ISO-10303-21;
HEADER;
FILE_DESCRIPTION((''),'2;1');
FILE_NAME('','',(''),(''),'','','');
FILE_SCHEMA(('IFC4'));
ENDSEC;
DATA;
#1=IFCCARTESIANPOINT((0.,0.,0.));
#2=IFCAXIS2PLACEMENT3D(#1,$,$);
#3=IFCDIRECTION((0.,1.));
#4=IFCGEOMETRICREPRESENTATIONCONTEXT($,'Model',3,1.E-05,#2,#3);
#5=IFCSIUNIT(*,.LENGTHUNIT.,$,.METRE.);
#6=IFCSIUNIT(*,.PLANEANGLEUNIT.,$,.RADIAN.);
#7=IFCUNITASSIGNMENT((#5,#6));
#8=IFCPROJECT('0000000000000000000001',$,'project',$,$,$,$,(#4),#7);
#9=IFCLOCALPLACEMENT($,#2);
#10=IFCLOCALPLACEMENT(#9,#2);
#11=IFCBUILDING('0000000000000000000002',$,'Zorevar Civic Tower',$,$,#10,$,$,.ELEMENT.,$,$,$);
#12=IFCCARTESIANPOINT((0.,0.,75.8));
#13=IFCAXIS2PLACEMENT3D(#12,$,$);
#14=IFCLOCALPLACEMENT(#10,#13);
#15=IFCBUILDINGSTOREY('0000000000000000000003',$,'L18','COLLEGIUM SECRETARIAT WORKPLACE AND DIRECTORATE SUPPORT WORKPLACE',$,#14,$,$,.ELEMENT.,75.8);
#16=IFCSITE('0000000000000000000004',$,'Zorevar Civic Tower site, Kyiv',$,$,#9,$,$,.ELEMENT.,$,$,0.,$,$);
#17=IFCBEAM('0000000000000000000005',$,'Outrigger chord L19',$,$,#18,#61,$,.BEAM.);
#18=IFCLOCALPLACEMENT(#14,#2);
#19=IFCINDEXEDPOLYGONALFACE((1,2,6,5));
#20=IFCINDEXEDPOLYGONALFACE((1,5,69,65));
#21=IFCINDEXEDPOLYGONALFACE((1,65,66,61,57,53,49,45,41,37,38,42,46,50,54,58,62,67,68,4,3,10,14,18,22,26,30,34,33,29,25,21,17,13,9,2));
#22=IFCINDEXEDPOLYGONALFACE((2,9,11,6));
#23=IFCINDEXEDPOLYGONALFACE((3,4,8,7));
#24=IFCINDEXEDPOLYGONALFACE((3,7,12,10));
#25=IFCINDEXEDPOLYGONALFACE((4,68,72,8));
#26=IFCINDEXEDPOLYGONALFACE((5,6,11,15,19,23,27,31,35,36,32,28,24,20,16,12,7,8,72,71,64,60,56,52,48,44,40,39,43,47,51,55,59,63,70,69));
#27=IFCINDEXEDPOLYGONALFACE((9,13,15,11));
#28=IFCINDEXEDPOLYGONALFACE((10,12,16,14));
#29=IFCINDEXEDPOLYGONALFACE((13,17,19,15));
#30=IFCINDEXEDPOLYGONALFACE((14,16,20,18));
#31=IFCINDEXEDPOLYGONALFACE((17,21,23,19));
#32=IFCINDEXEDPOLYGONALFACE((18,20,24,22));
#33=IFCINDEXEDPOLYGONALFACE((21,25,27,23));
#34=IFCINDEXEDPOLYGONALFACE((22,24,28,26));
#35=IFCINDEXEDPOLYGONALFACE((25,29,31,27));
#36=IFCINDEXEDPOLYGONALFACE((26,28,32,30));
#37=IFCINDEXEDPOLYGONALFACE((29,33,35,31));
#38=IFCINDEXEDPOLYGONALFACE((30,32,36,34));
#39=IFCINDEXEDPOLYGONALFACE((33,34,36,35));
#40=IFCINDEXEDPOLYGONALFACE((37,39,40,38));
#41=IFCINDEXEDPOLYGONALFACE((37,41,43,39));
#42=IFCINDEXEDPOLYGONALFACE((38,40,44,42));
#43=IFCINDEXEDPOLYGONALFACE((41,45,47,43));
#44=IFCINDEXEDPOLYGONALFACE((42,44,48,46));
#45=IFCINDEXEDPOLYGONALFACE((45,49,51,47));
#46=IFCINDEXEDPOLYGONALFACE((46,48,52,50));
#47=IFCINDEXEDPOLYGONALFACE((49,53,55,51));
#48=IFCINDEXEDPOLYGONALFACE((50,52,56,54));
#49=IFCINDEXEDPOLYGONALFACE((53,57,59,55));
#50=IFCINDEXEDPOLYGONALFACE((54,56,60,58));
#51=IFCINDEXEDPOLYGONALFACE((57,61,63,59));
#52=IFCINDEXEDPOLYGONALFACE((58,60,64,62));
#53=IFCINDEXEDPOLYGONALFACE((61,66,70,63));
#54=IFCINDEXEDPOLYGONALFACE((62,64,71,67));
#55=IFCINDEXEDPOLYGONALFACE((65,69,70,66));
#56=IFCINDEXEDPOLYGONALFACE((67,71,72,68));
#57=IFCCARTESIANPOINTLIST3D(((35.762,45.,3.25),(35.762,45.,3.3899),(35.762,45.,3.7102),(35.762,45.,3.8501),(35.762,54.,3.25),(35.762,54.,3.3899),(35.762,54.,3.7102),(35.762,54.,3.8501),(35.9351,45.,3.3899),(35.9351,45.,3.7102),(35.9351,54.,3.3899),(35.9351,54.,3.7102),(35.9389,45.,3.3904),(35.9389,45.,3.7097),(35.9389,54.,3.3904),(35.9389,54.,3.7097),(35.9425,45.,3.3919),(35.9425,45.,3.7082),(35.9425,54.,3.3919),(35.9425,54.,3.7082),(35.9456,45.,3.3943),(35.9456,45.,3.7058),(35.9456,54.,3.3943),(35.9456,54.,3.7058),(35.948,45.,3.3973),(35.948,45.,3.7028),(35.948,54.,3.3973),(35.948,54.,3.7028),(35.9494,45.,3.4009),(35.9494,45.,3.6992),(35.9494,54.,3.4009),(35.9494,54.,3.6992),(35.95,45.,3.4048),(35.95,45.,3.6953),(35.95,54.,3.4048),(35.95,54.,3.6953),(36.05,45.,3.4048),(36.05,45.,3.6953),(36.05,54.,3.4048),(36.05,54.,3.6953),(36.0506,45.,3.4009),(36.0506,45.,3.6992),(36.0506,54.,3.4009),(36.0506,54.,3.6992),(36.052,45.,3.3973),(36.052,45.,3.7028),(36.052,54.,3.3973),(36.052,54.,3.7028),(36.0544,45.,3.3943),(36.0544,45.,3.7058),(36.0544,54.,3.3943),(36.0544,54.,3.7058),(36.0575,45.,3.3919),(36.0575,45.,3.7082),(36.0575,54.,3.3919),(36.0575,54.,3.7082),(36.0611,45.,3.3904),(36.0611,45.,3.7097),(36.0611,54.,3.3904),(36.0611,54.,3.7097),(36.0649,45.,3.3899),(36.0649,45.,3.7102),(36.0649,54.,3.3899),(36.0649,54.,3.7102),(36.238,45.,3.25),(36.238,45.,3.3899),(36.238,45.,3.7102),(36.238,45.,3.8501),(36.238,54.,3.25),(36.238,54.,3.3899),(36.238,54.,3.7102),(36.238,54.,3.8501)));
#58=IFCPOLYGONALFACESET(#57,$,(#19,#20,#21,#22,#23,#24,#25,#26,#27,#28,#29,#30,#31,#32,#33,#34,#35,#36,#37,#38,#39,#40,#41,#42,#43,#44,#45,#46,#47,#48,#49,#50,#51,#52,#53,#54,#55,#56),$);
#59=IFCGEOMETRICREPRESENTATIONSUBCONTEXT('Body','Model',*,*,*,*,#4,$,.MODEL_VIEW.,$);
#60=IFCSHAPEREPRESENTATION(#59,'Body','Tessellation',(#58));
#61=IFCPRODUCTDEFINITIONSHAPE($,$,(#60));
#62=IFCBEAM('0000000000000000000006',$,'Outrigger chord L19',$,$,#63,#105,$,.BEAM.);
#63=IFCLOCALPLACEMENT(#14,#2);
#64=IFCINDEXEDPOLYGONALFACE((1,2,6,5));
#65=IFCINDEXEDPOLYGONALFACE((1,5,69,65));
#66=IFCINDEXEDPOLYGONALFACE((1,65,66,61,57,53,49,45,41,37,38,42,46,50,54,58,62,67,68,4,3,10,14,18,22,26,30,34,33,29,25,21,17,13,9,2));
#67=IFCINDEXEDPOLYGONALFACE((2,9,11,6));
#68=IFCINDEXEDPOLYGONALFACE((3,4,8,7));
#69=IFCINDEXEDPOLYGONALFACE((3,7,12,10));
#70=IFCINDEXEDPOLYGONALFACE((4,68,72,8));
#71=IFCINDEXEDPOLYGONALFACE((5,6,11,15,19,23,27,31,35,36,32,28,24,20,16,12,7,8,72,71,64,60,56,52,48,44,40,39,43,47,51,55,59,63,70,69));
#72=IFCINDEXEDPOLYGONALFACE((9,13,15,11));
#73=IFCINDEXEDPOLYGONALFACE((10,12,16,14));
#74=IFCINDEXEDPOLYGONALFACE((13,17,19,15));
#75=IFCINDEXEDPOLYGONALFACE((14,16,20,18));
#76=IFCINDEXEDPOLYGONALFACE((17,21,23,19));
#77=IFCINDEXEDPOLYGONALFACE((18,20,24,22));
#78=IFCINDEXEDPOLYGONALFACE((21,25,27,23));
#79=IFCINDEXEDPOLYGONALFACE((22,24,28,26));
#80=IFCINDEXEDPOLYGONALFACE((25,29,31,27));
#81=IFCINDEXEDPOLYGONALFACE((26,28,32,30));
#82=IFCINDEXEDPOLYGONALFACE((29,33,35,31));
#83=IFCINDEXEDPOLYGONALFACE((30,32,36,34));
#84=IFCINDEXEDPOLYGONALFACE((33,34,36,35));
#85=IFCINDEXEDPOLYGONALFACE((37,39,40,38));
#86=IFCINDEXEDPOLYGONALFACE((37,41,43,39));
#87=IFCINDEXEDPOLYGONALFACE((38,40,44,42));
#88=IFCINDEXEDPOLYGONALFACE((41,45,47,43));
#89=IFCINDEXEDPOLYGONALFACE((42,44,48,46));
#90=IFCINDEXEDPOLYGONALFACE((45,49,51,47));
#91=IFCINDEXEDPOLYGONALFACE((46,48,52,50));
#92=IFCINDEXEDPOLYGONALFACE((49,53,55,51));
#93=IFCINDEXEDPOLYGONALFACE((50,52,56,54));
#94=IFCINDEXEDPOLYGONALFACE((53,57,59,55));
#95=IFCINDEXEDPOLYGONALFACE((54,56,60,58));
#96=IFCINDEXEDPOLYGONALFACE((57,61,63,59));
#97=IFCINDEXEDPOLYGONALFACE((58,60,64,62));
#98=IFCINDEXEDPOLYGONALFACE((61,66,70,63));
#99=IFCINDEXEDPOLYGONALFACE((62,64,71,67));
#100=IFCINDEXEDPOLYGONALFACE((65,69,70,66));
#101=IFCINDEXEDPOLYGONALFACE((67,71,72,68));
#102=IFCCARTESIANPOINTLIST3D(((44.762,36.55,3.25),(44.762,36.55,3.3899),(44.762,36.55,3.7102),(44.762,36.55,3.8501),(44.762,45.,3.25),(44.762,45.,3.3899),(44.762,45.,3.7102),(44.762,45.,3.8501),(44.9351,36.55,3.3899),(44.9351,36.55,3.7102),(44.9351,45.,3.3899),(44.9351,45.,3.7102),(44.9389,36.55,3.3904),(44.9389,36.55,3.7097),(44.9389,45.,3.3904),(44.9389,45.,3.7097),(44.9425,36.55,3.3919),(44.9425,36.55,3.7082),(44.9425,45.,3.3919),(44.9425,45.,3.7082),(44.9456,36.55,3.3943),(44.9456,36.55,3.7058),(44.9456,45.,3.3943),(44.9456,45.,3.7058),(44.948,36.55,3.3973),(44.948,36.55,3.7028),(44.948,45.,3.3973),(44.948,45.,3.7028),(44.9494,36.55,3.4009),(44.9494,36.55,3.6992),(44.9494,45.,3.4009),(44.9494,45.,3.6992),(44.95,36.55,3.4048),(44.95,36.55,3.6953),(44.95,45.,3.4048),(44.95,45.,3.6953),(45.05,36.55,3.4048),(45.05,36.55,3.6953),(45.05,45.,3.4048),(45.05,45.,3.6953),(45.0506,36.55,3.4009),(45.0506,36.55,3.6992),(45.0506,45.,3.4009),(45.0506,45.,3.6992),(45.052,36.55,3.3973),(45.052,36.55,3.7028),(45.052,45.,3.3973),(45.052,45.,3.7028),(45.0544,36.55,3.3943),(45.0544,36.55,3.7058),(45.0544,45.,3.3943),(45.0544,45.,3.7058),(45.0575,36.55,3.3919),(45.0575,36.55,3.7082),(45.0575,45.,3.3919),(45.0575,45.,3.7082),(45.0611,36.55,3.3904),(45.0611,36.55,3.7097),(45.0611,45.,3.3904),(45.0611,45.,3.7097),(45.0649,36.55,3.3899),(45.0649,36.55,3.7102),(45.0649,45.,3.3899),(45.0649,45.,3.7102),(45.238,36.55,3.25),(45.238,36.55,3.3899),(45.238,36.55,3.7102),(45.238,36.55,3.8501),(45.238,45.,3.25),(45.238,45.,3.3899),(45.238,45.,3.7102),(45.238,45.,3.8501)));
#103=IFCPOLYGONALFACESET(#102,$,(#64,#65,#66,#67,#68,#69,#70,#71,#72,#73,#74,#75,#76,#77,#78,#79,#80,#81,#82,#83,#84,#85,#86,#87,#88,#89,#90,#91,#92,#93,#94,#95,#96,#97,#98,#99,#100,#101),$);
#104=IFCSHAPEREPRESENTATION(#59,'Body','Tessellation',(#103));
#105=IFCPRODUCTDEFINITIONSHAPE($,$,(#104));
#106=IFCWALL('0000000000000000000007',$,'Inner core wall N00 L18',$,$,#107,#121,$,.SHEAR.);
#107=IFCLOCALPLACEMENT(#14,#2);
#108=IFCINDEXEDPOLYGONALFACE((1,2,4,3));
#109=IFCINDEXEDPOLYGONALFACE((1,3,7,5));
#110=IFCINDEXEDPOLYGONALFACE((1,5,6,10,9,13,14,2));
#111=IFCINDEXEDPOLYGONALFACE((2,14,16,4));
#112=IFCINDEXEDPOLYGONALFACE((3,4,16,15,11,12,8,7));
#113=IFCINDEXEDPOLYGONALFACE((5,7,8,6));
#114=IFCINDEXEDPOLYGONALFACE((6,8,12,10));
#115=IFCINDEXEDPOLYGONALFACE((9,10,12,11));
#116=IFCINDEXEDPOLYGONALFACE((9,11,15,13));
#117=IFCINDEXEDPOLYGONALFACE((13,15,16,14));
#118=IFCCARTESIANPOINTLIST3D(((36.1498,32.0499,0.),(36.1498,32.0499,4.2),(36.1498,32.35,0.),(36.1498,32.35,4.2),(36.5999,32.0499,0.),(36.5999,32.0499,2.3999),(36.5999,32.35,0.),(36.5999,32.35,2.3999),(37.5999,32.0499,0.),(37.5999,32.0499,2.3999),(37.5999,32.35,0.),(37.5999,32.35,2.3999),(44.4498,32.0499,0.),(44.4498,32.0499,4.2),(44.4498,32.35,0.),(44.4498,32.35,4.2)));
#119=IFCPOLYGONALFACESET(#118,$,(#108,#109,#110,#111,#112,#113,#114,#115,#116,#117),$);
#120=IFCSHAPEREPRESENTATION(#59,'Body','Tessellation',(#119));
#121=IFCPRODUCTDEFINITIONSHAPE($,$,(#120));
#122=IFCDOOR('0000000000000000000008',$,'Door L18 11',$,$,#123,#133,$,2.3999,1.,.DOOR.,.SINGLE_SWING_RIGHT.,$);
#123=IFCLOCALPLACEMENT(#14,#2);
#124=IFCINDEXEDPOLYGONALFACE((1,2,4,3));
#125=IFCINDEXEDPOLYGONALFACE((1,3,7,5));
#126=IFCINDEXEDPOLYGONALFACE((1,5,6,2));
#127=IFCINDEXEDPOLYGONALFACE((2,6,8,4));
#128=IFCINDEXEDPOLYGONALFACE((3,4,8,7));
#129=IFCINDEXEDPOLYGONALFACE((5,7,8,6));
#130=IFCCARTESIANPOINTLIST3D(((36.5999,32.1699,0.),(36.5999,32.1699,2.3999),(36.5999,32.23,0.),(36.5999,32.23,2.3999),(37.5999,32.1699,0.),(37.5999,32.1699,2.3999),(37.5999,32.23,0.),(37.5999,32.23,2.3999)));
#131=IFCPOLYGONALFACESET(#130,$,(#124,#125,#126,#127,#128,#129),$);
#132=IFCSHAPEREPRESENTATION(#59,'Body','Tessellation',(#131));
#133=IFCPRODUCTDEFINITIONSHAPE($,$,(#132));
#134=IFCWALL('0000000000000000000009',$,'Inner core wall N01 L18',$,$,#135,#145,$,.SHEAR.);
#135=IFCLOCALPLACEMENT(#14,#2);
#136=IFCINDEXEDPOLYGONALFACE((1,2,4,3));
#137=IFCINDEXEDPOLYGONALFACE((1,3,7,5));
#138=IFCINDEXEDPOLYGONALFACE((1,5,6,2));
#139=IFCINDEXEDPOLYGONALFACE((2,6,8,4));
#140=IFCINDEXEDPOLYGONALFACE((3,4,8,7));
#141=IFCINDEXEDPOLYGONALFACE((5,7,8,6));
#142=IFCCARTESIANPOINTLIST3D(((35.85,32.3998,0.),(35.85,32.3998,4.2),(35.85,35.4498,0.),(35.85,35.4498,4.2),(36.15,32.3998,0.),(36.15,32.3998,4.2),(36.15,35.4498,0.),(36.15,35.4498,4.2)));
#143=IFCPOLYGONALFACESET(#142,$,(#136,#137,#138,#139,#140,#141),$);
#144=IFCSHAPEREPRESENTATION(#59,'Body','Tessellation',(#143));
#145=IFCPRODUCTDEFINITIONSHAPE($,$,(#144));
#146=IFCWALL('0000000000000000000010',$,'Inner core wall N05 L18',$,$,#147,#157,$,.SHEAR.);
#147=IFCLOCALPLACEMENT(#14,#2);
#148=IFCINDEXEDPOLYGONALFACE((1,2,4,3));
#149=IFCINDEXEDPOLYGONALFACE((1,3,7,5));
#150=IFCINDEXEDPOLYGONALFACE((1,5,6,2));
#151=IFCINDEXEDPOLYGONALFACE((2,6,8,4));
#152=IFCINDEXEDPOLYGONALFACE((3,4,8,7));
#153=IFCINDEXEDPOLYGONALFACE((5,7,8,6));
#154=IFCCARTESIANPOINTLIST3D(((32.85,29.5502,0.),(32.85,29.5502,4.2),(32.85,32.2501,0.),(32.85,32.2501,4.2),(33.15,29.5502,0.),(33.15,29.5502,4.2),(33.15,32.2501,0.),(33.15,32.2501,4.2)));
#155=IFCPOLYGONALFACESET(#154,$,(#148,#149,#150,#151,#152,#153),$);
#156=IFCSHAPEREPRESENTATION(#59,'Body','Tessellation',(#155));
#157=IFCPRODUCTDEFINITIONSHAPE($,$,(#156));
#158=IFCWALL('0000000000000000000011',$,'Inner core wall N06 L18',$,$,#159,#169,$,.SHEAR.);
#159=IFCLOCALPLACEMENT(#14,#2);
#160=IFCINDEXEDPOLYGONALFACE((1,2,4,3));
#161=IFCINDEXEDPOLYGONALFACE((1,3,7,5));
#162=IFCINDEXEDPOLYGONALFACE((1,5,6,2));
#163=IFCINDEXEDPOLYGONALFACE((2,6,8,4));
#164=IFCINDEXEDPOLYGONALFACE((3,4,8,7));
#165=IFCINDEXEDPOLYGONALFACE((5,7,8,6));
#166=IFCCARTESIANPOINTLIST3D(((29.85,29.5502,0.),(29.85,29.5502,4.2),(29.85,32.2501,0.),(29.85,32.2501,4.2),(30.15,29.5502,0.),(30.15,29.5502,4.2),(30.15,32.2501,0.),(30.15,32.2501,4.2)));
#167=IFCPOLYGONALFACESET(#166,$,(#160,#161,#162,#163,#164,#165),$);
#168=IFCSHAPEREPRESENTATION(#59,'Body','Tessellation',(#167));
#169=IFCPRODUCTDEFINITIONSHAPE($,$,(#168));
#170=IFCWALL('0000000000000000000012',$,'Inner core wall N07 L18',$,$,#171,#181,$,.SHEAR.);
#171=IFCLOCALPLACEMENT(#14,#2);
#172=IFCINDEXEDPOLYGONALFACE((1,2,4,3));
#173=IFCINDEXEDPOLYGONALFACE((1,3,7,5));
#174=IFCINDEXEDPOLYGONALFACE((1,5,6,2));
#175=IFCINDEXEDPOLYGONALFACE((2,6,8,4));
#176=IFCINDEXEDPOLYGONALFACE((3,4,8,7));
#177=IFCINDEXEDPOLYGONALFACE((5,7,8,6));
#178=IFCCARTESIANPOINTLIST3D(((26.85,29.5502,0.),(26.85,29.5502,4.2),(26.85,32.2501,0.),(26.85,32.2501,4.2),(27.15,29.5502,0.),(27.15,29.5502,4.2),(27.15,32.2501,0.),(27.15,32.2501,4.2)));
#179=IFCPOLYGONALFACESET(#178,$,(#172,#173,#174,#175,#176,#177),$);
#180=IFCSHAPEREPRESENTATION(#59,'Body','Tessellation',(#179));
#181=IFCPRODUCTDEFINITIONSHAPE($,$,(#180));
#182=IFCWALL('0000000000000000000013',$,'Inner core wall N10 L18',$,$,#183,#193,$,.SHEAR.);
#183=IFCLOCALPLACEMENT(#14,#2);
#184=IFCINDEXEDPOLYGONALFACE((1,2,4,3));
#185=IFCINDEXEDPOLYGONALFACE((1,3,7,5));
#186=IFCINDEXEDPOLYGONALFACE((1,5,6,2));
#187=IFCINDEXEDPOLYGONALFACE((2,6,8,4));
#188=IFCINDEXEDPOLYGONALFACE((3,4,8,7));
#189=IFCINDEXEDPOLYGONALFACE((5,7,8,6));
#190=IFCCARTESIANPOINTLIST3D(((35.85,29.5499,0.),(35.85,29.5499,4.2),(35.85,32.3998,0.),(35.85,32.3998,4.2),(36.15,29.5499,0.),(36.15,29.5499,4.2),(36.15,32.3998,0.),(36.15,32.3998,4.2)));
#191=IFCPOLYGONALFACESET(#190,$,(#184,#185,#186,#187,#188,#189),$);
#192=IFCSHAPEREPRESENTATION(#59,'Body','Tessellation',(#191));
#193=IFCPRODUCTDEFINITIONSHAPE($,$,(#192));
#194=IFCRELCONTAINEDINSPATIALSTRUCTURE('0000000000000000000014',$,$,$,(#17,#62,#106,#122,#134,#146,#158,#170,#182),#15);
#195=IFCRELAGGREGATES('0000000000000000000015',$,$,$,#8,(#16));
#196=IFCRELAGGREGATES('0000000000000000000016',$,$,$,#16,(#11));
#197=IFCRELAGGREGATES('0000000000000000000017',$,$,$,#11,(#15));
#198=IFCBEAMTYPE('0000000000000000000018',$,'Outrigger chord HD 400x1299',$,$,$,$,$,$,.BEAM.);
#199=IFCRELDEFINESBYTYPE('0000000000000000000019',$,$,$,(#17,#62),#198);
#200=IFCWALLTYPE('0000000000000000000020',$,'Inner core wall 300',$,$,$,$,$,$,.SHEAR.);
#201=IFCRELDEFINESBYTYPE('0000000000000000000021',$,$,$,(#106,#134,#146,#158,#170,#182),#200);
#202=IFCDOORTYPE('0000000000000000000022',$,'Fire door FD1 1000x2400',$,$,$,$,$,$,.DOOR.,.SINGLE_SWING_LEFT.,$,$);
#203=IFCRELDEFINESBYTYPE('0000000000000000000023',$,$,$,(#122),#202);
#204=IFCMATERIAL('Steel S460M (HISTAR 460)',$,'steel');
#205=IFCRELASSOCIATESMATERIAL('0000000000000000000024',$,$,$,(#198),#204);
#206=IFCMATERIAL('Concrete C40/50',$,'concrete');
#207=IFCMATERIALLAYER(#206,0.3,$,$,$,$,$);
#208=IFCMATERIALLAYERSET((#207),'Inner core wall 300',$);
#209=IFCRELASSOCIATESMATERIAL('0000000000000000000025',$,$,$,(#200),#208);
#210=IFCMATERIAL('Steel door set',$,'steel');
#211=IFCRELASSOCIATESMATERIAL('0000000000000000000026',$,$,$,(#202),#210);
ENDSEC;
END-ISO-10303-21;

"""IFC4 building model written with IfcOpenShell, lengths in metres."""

from ifc_helpers import new_model, si_unit, direction, frame, frame_2d, origin, origin_2d, place, context, subcontext, project, spatial, rectangle, i_section, extrude, material, layer, layer_set, material_profile, profile_set, type_object, element, fill, save


model = new_model("IFC4")

# Units and contexts
model_context = context("Model", 3, precision=1e-05, world=origin(), true_north=direction((0.0, 1.0)))
body_context = subcontext(model_context, "Body", "Model", "MODEL_VIEW")
ifc_project = project(units=[si_unit("LENGTHUNIT", "METRE"), si_unit("PLANEANGLEUNIT", "RADIAN")], contexts=[model_context])

# Site, building, storey
site_placement = place(None, origin())
site = spatial("IfcSite", under=ifc_project, at=site_placement, Name="Zorevar Civic Tower site, Kyiv", CompositionType="ELEMENT", RefElevation=0.0)
building_placement = place(site_placement, origin())
building = spatial("IfcBuilding", under=site, at=building_placement, Name="Zorevar Civic Tower", CompositionType="ELEMENT")
storey_placement = place(building_placement, frame((0.0, 0.0, 75.8)))
storey = spatial("IfcBuildingStorey", under=building, at=storey_placement, Name="L18", Description="COLLEGIUM SECRETARIAT WORKPLACE AND DIRECTORATE SUPPORT WORKPLACE", CompositionType="ELEMENT", Elevation=75.8)

# Beams
ifc_material_1 = material(Name="Steel S460M (HISTAR 460)", Category="steel")
ifc_material_profile_1 = material_profile(ifc_material_1, i_section(OverallWidth=0.4761, OverallDepth=0.6001, WebThickness=0.1001, FlangeThickness=0.1399, FilletRadius=0.0149, at=origin_2d()), Name="HD 400x1299")
ifc_profile_set_1 = profile_set([ifc_material_profile_1], Name="Steel S460M (HISTAR 460)")
beam_type_1 = type_object("IfcBeamType", Name="Outrigger chord HD 400x1299", PredefinedType="BEAM", material=ifc_profile_set_1)
beam_1_placement = place(storey_placement, frame((36.0, 45.0, 3.55), z_axis=(0.0, 1.0, 0.0), x_axis=(-1.0, 0.0, 0.0)))
element("IfcBeam", 1, at=beam_1_placement, inside=storey, type_object=beam_type_1, Name="Outrigger chord L19", PredefinedType="BEAM", context=body_context, shape_type="SweptSolid", body=[
    extrude(i_section(OverallWidth=0.4761, OverallDepth=0.6001, WebThickness=0.1001, FlangeThickness=0.1399, FilletRadius=0.0149, at=origin_2d()), origin(), (0.0, 0.0, 1.0), 9.0),
])
beam_2_placement = place(storey_placement, frame((45.0, 36.55, 3.55), z_axis=(0.0, 1.0, 0.0), x_axis=(-1.0, 0.0, 0.0)))
element("IfcBeam", 2, at=beam_2_placement, inside=storey, type_object=beam_type_1, Name="Outrigger chord L19", PredefinedType="BEAM", context=body_context, shape_type="SweptSolid", body=[
    extrude(i_section(OverallWidth=0.4761, OverallDepth=0.6001, WebThickness=0.1001, FlangeThickness=0.1399, FilletRadius=0.0149, at=origin_2d()), origin(), (0.0, 0.0, 1.0), 8.45),
])

# Wall, opening, door
ifc_material_2 = material(Name="Concrete C40/50", Category="concrete")
ifc_layer_1 = layer(ifc_material_2, 0.3)
ifc_layer_set_1 = layer_set([ifc_layer_1], Name="Inner core wall 300")
wall_type_1 = type_object("IfcWallType", Name="Inner core wall 300", PredefinedType="SHEAR", material=ifc_layer_set_1)
wall_1_placement = place(storey_placement, frame((36.1499, 32.2, 0.0), z_axis=(0.0, 0.0, 1.0), x_axis=(1.0, 0.0, 0.0)))
wall_1 = element("IfcWall", 3, at=wall_1_placement, inside=storey, type_object=wall_type_1, Name="Inner core wall N00 L18", PredefinedType="SHEAR", context=body_context, shape_type="SweptSolid", body=[
    extrude(rectangle(XDim=8.3, YDim=0.3, at=frame_2d((4.1499, 0.0))), origin(), (0.0, 0.0, 1.0), 4.2),
])
opening_1_placement = place(wall_1_placement, frame((0.45, 0.0, 0.0)))
opening_1 = element("IfcOpeningElement", 4, at=opening_1_placement, cuts=wall_1, PredefinedType="OPENING", context=body_context, shape_type="SweptSolid", body=[
    extrude(rectangle(XDim=1.0, YDim=2.3999, at=frame_2d((0.5, 1.2))), frame((0.0, 0.1599, 0.0), z_axis=(0.0, -1.0, 0.0), x_axis=(1.0, 0.0, 0.0)), (0.0, 0.0, 1.0), 0.3201),
])
ifc_material_3 = material(Name="Steel door set", Category="steel")
door_type_1 = type_object("IfcDoorType", Name="Fire door FD1 1000x2400", OperationType="SINGLE_SWING_LEFT", PredefinedType="DOOR", material=ifc_material_3)
door_1_placement = place(opening_1_placement, origin())
door_1 = element("IfcDoor", 5, at=door_1_placement, inside=storey, type_object=door_type_1, Name="Door L18 11", OperationType="SINGLE_SWING_RIGHT", OverallHeight=2.3999, OverallWidth=1.0, PredefinedType="DOOR", context=body_context, shape_type="SweptSolid", body=[
    extrude(rectangle(XDim=1.0, YDim=2.3999, at=frame_2d((0.5, 1.2))), frame((0.0, 0.03, 0.0), z_axis=(0.0, -1.0, 0.0), x_axis=(1.0, 0.0, 0.0)), (0.0, 0.0, 1.0), 0.0601),
])
fill(opening_1, door_1)

# Wall
wall_2_placement = place(storey_placement, frame((36.0, 32.3999, 0.0), z_axis=(0.0, 0.0, 1.0), x_axis=(0.0, 1.0, 0.0)))
element("IfcWall", 6, at=wall_2_placement, inside=storey, type_object=wall_type_1, Name="Inner core wall N01 L18", PredefinedType="SHEAR", context=body_context, shape_type="SweptSolid", body=[
    extrude(rectangle(XDim=3.05, YDim=0.3, at=frame_2d((1.5249, 0.0))), origin(), (0.0, 0.0, 1.0), 4.2),
])

# Walls
for number, where, z_axis, x_axis, name in (
    (7, (33.0, 29.55, 0.0), (0.0, 0.0, 1.0), (0.0, 1.0, 0.0), "Inner core wall N05 L18"),
    (8, (30.0, 29.55, 0.0), (0.0, 0.0, 1.0), (0.0, 1.0, 0.0), "Inner core wall N06 L18"),
    (9, (27.0, 29.55, 0.0), (0.0, 0.0, 1.0), (0.0, 1.0, 0.0), "Inner core wall N07 L18"),
):
    element("IfcWall", number, at=place(storey_placement, frame(where, z_axis=z_axis, x_axis=x_axis)), inside=storey, type_object=wall_type_1, Name=name, PredefinedType="SHEAR", context=body_context, shape_type="SweptSolid", body=[
        extrude(rectangle(XDim=2.7, YDim=0.3, at=frame_2d((1.3501, 0.0))), origin(), (0.0, 0.0, 1.0), 4.2),
    ])
wall_3_placement = place(storey_placement, frame((36.0, 29.55, 0.0), z_axis=(0.0, 0.0, 1.0), x_axis=(0.0, 1.0, 0.0)))
element("IfcWall", 10, at=wall_3_placement, inside=storey, type_object=wall_type_1, Name="Inner core wall N10 L18", PredefinedType="SHEAR", context=body_context, shape_type="SweptSolid", body=[
    extrude(rectangle(XDim=2.8499, YDim=0.3, at=frame_2d((1.4248, 0.0))), origin(), (0.0, 0.0, 1.0), 4.2),
])

save(model, "model.ifc")
